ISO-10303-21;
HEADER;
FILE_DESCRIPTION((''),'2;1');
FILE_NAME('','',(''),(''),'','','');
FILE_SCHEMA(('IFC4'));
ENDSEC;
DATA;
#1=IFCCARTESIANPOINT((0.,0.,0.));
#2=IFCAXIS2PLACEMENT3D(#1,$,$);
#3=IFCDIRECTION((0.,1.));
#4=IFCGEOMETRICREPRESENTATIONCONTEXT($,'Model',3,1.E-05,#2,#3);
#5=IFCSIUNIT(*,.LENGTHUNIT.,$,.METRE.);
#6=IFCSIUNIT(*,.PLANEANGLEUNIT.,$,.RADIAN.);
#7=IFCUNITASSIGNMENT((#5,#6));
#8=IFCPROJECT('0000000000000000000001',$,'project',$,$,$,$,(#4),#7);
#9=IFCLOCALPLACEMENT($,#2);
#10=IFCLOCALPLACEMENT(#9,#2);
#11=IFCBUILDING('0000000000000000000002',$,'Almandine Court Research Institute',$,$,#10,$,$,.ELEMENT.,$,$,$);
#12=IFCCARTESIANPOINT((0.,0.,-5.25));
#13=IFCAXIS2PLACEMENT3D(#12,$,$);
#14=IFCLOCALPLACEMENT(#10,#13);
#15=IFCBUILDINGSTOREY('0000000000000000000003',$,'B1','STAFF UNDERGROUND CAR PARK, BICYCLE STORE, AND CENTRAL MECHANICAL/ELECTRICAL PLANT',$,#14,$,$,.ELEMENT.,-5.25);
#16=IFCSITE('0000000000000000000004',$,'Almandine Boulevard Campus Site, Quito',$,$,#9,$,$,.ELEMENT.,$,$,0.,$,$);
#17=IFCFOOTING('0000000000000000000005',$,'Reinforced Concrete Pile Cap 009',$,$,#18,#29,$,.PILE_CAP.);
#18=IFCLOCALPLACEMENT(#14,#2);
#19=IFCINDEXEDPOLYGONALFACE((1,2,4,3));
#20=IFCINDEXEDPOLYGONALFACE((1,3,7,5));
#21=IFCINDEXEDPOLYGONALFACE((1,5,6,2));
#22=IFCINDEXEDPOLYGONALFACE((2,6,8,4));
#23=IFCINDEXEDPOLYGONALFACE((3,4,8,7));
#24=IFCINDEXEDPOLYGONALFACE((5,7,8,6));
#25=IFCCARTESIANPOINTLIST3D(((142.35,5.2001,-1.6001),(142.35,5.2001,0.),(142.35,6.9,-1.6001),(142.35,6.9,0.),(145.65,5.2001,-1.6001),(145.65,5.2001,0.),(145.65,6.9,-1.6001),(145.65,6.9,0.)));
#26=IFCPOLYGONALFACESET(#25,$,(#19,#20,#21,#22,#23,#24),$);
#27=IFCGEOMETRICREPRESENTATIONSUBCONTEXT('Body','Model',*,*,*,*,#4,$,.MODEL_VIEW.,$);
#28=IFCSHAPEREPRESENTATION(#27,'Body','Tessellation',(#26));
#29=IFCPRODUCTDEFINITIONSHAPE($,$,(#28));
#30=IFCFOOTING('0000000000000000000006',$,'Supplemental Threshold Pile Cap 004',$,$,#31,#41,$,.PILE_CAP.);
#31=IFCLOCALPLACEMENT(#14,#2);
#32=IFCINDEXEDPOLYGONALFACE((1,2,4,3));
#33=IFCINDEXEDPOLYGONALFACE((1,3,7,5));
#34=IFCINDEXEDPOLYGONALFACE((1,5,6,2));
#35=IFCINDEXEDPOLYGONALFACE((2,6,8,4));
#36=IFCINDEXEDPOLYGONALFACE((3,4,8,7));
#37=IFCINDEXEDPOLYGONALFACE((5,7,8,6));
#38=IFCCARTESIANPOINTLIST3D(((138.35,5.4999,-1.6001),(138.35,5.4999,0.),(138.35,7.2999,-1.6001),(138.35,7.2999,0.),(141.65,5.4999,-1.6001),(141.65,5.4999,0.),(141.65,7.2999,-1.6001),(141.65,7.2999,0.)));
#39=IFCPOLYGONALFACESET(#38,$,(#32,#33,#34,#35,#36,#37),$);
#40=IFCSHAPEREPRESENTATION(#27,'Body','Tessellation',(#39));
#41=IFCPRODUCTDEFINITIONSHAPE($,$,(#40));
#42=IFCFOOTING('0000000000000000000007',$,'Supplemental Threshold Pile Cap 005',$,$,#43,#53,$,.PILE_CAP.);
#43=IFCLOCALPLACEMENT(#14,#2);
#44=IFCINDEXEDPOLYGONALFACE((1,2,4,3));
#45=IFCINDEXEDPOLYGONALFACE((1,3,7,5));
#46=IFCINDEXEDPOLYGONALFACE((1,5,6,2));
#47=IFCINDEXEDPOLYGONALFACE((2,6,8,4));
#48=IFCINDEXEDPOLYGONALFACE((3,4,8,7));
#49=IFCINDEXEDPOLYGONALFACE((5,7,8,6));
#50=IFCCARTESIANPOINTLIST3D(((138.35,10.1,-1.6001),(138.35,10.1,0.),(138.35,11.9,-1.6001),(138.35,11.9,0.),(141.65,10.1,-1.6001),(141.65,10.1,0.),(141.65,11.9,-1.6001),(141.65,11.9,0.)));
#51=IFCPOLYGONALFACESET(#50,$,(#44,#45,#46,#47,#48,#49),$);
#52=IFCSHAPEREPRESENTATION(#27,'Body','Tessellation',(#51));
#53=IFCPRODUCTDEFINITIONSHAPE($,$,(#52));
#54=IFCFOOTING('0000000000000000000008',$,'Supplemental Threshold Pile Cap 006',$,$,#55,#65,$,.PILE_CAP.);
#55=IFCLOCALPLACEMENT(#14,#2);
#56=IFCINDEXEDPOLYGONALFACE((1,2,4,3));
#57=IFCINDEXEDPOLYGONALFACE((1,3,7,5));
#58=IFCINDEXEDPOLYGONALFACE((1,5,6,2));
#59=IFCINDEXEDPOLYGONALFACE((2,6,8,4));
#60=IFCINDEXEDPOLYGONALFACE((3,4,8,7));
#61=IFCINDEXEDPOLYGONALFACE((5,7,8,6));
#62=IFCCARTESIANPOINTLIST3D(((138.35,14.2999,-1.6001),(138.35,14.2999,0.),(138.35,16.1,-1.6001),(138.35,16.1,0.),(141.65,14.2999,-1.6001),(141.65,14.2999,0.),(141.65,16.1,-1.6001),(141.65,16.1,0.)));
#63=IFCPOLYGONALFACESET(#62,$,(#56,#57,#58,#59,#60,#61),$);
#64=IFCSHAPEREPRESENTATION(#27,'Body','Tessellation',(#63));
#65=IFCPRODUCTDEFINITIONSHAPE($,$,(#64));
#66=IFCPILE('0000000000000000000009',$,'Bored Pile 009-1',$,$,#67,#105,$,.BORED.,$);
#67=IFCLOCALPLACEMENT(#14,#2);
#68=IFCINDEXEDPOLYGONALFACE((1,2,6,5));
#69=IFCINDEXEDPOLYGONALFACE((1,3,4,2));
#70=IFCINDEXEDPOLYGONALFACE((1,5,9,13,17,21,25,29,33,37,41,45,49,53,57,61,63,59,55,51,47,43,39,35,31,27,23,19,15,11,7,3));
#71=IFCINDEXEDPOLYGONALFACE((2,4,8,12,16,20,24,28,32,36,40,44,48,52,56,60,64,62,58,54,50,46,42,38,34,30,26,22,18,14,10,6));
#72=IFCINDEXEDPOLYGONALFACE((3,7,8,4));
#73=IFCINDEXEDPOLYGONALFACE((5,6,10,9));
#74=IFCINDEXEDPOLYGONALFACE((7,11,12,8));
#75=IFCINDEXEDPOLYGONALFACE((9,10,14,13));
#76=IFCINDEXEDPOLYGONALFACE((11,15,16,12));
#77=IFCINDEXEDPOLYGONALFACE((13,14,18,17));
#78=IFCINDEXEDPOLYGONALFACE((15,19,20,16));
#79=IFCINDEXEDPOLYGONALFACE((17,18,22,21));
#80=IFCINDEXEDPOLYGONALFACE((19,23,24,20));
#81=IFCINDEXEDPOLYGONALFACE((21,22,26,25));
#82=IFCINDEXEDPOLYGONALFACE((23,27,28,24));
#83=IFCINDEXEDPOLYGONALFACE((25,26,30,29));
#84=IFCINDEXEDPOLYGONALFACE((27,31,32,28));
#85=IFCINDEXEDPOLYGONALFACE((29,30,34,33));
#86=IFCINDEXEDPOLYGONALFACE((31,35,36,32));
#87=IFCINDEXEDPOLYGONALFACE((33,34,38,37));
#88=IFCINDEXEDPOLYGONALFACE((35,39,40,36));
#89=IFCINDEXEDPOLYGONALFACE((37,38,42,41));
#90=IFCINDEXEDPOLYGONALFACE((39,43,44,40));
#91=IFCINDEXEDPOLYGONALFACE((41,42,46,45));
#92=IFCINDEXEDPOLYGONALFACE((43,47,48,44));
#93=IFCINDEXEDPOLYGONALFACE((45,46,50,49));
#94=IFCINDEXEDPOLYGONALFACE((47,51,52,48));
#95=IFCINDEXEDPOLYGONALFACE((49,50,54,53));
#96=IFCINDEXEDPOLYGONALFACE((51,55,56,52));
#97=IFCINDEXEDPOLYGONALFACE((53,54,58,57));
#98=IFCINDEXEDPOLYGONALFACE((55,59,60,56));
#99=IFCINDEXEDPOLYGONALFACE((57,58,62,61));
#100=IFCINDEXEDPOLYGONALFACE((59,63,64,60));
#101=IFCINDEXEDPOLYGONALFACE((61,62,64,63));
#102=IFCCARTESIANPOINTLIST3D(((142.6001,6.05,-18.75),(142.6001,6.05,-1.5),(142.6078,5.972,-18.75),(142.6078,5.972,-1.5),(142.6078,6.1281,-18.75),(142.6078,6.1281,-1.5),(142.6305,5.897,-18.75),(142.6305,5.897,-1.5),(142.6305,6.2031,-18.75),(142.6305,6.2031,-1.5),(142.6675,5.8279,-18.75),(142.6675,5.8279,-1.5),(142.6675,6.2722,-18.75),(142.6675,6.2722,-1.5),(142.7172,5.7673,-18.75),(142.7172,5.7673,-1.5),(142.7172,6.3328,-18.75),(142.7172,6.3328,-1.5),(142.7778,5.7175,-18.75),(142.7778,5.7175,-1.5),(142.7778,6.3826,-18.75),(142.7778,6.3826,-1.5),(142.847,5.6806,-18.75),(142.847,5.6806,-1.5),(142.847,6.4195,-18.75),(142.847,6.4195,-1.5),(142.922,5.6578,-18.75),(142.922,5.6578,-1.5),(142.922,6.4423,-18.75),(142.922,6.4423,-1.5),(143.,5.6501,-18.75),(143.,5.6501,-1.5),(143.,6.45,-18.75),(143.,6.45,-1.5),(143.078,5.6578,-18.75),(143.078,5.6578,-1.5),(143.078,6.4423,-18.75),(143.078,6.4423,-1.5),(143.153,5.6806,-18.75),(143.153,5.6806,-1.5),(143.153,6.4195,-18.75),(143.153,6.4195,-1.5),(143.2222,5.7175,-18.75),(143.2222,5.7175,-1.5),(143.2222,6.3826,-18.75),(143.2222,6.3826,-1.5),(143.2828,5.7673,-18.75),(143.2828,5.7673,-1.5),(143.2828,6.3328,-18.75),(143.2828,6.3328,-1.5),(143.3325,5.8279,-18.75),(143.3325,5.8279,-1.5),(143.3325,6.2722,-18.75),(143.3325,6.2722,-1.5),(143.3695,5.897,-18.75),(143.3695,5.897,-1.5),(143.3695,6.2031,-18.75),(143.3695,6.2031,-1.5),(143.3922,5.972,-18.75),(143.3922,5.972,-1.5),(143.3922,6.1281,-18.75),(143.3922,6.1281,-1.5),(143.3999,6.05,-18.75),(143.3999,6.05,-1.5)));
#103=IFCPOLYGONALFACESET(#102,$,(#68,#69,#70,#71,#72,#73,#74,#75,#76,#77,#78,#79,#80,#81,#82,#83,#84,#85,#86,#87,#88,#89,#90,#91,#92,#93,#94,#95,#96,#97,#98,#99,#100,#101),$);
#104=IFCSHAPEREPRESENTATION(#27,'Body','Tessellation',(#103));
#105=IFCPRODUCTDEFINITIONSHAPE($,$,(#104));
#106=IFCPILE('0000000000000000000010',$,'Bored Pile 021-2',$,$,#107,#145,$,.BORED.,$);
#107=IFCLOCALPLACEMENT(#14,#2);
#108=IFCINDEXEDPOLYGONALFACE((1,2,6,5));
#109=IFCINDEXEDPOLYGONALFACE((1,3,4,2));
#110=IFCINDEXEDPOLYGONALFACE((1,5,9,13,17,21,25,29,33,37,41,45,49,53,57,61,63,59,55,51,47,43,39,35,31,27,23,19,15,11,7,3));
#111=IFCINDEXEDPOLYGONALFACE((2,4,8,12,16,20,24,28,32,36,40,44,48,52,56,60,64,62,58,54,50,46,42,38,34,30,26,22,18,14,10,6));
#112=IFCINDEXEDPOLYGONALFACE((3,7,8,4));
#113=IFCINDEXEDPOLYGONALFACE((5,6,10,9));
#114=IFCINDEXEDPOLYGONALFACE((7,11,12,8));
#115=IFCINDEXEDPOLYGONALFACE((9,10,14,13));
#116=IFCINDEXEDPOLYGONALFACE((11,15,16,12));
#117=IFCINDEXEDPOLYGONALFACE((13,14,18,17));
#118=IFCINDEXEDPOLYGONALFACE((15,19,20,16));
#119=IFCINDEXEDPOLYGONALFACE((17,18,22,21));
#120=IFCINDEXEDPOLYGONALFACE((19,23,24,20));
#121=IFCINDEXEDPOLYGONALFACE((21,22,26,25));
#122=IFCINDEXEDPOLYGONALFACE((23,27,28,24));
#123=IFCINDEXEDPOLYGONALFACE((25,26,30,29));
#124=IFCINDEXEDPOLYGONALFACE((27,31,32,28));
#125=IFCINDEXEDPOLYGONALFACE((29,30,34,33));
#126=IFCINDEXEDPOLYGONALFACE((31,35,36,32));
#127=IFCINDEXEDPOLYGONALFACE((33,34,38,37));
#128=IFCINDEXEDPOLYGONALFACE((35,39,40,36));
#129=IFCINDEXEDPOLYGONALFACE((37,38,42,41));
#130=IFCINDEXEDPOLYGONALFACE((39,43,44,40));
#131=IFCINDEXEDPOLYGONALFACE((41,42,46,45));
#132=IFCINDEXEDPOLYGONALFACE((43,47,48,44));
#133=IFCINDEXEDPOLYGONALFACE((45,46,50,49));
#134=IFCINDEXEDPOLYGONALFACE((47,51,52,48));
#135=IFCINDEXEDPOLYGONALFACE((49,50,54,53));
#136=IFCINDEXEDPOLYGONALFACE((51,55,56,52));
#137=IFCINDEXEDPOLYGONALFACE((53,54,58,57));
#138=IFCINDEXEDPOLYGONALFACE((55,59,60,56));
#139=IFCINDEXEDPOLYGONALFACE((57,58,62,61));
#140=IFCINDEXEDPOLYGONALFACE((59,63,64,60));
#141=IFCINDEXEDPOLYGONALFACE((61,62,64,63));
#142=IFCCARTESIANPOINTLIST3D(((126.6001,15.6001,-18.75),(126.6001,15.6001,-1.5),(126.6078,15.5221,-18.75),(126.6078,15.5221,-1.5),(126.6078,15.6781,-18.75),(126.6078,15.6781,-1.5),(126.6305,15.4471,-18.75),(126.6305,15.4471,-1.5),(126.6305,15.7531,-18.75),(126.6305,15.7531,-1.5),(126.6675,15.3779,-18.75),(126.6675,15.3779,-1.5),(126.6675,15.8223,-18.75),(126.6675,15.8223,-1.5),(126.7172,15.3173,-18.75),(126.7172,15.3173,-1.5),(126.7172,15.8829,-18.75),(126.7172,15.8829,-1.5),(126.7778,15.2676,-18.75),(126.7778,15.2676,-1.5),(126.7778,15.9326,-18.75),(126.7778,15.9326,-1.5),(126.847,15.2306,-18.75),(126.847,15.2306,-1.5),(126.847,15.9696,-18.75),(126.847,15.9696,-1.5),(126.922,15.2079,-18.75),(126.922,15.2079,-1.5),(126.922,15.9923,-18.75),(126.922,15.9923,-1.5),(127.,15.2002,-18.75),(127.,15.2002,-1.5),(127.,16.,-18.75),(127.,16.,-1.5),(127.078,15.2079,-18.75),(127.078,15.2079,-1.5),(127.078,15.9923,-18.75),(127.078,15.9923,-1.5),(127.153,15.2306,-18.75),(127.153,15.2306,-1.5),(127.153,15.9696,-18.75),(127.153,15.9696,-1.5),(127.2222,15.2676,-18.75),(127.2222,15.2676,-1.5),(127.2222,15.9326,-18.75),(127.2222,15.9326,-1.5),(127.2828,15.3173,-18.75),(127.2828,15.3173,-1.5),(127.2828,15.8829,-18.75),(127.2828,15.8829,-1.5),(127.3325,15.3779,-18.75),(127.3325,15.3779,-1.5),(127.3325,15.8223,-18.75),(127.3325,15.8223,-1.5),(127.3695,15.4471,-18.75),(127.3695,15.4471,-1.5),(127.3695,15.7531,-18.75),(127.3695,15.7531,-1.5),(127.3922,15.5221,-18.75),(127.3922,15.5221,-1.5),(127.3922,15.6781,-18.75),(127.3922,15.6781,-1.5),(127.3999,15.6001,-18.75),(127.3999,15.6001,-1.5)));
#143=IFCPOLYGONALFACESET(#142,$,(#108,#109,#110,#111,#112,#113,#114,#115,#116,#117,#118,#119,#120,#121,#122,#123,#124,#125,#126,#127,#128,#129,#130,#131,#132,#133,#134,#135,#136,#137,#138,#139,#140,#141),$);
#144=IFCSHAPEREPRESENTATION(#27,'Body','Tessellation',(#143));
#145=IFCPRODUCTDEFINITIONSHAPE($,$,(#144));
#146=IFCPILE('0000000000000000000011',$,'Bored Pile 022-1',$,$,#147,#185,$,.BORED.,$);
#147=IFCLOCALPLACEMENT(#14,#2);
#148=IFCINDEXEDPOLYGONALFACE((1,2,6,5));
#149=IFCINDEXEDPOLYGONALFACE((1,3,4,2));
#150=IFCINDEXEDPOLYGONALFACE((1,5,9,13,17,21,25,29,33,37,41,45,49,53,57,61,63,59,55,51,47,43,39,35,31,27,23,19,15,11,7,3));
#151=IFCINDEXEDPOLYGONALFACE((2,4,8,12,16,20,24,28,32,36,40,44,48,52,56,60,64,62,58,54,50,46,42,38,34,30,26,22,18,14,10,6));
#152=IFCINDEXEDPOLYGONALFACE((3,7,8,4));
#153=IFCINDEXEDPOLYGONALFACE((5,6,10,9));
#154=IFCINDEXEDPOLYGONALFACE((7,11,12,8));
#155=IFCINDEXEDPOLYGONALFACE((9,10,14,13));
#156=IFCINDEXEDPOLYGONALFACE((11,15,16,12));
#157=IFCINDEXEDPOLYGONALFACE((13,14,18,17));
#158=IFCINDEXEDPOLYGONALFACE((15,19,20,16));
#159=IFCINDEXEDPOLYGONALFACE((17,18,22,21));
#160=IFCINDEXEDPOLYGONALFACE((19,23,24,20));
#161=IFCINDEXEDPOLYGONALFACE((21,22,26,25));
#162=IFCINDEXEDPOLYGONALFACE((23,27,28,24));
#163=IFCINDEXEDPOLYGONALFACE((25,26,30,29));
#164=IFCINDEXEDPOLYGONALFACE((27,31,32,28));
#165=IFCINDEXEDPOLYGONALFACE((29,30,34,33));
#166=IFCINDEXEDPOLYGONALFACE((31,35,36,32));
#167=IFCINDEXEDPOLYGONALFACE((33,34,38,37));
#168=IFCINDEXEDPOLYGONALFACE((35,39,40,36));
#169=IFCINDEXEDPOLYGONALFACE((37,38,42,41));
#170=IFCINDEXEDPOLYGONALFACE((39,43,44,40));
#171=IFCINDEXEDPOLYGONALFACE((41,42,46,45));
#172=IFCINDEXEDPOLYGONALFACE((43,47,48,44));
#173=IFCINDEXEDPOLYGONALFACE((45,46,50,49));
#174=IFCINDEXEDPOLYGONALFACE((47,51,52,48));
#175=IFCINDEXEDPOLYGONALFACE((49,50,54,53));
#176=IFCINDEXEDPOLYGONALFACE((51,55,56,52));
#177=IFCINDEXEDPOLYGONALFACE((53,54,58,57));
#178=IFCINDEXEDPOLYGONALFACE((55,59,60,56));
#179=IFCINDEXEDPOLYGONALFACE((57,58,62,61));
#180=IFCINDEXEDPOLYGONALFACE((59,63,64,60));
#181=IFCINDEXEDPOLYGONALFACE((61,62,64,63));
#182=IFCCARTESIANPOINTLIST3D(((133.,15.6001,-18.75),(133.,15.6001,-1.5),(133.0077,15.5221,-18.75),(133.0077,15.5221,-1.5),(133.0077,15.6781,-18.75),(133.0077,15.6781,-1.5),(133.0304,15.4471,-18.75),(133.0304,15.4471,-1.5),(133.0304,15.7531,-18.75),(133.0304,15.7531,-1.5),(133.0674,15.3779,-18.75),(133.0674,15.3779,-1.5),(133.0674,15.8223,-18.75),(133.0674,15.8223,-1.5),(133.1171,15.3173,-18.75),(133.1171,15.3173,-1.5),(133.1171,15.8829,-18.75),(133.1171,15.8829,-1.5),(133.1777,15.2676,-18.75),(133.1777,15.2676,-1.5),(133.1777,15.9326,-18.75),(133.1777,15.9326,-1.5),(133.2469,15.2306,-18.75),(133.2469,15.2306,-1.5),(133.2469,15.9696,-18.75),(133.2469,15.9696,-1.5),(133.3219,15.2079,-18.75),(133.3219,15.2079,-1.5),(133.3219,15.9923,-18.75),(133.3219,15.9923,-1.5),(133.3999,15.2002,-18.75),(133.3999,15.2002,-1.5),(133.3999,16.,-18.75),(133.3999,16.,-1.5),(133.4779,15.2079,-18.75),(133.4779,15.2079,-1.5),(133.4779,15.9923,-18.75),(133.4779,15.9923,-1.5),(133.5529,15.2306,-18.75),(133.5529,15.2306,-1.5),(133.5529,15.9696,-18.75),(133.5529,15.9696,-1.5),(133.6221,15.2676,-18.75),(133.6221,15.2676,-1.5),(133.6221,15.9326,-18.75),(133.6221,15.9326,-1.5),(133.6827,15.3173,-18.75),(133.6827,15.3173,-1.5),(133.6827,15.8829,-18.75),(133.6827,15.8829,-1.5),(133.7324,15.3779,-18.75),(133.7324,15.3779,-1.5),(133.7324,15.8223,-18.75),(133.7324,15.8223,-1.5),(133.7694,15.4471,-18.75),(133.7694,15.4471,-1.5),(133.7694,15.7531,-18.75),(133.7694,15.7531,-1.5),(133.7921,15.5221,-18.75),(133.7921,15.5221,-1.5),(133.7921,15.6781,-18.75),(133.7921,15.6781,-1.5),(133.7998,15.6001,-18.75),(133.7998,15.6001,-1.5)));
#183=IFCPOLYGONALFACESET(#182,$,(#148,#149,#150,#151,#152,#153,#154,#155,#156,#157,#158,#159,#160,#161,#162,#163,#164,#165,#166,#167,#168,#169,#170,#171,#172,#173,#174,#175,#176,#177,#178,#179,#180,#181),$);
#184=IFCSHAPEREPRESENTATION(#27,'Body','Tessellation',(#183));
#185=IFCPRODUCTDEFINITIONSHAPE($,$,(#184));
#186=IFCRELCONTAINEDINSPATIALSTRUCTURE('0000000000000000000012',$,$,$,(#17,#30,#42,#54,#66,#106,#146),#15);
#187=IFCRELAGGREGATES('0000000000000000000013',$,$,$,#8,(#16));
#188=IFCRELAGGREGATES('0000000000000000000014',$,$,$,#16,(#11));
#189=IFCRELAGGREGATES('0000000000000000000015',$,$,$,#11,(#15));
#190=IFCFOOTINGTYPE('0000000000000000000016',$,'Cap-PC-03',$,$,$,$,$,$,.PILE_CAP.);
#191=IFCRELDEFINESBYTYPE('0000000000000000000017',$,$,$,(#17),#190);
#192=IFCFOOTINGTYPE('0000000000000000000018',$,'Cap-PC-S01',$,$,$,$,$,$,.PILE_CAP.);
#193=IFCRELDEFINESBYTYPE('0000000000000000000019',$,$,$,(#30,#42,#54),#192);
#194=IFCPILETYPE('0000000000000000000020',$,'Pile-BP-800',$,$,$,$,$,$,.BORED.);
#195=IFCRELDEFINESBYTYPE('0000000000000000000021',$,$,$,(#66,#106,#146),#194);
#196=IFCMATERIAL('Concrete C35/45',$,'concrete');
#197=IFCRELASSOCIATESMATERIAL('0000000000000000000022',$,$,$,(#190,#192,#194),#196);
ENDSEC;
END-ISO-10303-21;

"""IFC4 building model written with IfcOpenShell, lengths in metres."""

from ifc_helpers import new_model, si_unit, direction, frame, origin, origin_2d, place, context, subcontext, project, spatial, rectangle, circle, extrude, material, material_profile, profile_set, type_object, element, save


model = new_model("IFC4")

# Units and contexts
model_context = context("Model", 3, precision=1e-05, world=origin(), true_north=direction((0.0, 1.0)))
body_context = subcontext(model_context, "Body", "Model", "MODEL_VIEW")
ifc_project = project(units=[si_unit("LENGTHUNIT", "METRE"), si_unit("PLANEANGLEUNIT", "RADIAN")], contexts=[model_context])

# Site, building, storey
site_placement = place(None, origin())
site = spatial("IfcSite", under=ifc_project, at=site_placement, Name="Almandine Boulevard Campus Site, Quito", CompositionType="ELEMENT", RefElevation=0.0)
building_placement = place(site_placement, origin())
building = spatial("IfcBuilding", under=site, at=building_placement, Name="Almandine Court Research Institute", CompositionType="ELEMENT")
storey_placement = place(building_placement, frame((0.0, 0.0, -5.25)))
storey = spatial("IfcBuildingStorey", under=building, at=storey_placement, Name="B1", Description="STAFF UNDERGROUND CAR PARK, BICYCLE STORE, AND CENTRAL MECHANICAL/ELECTRICAL PLANT", CompositionType="ELEMENT", Elevation=-5.25)

# Footings
ifc_material_1 = material(Name="Concrete C35/45", Category="concrete")
footing_type_1 = type_object("IfcFootingType", Name="Cap-PC-03", PredefinedType="PILE_CAP", material=ifc_material_1)
footing_1_placement = place(storey_placement, frame((144.0, 6.05, -1.6001), z_axis=(0.0, 0.0, 1.0), x_axis=(1.0, 0.0, 0.0)))
element("IfcFooting", 1, at=footing_1_placement, inside=storey, type_object=footing_type_1, Name="Reinforced Concrete Pile Cap 009", PredefinedType="PILE_CAP", context=body_context, shape_type="SweptSolid", body=[
    extrude(rectangle(XDim=3.3, YDim=1.7, at=origin_2d()), origin(), (0.0, 0.0, 1.0), 1.6001),
])
footing_type_2 = type_object("IfcFootingType", Name="Cap-PC-S01", PredefinedType="PILE_CAP", material=ifc_material_1)
for number, where, z_axis, x_axis, name in (
    (2, (140.0, 6.3999, -1.6001), (0.0, 0.0, 1.0), (1.0, 0.0, 0.0), "Supplemental Threshold Pile Cap 004"),
    (3, (140.0, 11.0, -1.6001), (0.0, 0.0, 1.0), (1.0, 0.0, 0.0), "Supplemental Threshold Pile Cap 005"),
    (4, (140.0, 15.2, -1.6001), (0.0, 0.0, 1.0), (1.0, 0.0, 0.0), "Supplemental Threshold Pile Cap 006"),
):
    element("IfcFooting", number, at=place(storey_placement, frame(where, z_axis=z_axis, x_axis=x_axis)), inside=storey, type_object=footing_type_2, Name=name, PredefinedType="PILE_CAP", context=body_context, shape_type="SweptSolid", body=[
        extrude(rectangle(XDim=3.3, YDim=1.8, at=origin_2d()), origin(), (0.0, 0.0, 1.0), 1.6001),
    ])

# Piles
ifc_material_profile_1 = material_profile(ifc_material_1, circle(Radius=0.3999, at=origin_2d()), Name="BORED PILE D800")
ifc_profile_set_1 = profile_set([ifc_material_profile_1], Name="Concrete C35/45")
pile_type = type_object("IfcPileType", Name="Pile-BP-800", PredefinedType="BORED", material=ifc_profile_set_1)
for number, where, z_axis, x_axis, name in (
    (5, (143.0, 6.05, -1.5), (0.0, 0.0, -1.0), (1.0, 0.0, 0.0), "Bored Pile 009-1"),
    (6, (127.0, 15.6001, -1.5), (0.0, 0.0, -1.0), (1.0, 0.0, 0.0), "Bored Pile 021-2"),
    (7, (133.3999, 15.6001, -1.5), (0.0, 0.0, -1.0), (1.0, 0.0, 0.0), "Bored Pile 022-1"),
):
    element("IfcPile", number, at=place(storey_placement, frame(where, z_axis=z_axis, x_axis=x_axis)), inside=storey, type_object=pile_type, Name=name, PredefinedType="BORED", context=body_context, shape_type="SweptSolid", body=[
        extrude(circle(Radius=0.3999, at=origin_2d()), origin(), (0.0, 0.0, 1.0), 17.25),
    ])

save(model, "model.ifc")
